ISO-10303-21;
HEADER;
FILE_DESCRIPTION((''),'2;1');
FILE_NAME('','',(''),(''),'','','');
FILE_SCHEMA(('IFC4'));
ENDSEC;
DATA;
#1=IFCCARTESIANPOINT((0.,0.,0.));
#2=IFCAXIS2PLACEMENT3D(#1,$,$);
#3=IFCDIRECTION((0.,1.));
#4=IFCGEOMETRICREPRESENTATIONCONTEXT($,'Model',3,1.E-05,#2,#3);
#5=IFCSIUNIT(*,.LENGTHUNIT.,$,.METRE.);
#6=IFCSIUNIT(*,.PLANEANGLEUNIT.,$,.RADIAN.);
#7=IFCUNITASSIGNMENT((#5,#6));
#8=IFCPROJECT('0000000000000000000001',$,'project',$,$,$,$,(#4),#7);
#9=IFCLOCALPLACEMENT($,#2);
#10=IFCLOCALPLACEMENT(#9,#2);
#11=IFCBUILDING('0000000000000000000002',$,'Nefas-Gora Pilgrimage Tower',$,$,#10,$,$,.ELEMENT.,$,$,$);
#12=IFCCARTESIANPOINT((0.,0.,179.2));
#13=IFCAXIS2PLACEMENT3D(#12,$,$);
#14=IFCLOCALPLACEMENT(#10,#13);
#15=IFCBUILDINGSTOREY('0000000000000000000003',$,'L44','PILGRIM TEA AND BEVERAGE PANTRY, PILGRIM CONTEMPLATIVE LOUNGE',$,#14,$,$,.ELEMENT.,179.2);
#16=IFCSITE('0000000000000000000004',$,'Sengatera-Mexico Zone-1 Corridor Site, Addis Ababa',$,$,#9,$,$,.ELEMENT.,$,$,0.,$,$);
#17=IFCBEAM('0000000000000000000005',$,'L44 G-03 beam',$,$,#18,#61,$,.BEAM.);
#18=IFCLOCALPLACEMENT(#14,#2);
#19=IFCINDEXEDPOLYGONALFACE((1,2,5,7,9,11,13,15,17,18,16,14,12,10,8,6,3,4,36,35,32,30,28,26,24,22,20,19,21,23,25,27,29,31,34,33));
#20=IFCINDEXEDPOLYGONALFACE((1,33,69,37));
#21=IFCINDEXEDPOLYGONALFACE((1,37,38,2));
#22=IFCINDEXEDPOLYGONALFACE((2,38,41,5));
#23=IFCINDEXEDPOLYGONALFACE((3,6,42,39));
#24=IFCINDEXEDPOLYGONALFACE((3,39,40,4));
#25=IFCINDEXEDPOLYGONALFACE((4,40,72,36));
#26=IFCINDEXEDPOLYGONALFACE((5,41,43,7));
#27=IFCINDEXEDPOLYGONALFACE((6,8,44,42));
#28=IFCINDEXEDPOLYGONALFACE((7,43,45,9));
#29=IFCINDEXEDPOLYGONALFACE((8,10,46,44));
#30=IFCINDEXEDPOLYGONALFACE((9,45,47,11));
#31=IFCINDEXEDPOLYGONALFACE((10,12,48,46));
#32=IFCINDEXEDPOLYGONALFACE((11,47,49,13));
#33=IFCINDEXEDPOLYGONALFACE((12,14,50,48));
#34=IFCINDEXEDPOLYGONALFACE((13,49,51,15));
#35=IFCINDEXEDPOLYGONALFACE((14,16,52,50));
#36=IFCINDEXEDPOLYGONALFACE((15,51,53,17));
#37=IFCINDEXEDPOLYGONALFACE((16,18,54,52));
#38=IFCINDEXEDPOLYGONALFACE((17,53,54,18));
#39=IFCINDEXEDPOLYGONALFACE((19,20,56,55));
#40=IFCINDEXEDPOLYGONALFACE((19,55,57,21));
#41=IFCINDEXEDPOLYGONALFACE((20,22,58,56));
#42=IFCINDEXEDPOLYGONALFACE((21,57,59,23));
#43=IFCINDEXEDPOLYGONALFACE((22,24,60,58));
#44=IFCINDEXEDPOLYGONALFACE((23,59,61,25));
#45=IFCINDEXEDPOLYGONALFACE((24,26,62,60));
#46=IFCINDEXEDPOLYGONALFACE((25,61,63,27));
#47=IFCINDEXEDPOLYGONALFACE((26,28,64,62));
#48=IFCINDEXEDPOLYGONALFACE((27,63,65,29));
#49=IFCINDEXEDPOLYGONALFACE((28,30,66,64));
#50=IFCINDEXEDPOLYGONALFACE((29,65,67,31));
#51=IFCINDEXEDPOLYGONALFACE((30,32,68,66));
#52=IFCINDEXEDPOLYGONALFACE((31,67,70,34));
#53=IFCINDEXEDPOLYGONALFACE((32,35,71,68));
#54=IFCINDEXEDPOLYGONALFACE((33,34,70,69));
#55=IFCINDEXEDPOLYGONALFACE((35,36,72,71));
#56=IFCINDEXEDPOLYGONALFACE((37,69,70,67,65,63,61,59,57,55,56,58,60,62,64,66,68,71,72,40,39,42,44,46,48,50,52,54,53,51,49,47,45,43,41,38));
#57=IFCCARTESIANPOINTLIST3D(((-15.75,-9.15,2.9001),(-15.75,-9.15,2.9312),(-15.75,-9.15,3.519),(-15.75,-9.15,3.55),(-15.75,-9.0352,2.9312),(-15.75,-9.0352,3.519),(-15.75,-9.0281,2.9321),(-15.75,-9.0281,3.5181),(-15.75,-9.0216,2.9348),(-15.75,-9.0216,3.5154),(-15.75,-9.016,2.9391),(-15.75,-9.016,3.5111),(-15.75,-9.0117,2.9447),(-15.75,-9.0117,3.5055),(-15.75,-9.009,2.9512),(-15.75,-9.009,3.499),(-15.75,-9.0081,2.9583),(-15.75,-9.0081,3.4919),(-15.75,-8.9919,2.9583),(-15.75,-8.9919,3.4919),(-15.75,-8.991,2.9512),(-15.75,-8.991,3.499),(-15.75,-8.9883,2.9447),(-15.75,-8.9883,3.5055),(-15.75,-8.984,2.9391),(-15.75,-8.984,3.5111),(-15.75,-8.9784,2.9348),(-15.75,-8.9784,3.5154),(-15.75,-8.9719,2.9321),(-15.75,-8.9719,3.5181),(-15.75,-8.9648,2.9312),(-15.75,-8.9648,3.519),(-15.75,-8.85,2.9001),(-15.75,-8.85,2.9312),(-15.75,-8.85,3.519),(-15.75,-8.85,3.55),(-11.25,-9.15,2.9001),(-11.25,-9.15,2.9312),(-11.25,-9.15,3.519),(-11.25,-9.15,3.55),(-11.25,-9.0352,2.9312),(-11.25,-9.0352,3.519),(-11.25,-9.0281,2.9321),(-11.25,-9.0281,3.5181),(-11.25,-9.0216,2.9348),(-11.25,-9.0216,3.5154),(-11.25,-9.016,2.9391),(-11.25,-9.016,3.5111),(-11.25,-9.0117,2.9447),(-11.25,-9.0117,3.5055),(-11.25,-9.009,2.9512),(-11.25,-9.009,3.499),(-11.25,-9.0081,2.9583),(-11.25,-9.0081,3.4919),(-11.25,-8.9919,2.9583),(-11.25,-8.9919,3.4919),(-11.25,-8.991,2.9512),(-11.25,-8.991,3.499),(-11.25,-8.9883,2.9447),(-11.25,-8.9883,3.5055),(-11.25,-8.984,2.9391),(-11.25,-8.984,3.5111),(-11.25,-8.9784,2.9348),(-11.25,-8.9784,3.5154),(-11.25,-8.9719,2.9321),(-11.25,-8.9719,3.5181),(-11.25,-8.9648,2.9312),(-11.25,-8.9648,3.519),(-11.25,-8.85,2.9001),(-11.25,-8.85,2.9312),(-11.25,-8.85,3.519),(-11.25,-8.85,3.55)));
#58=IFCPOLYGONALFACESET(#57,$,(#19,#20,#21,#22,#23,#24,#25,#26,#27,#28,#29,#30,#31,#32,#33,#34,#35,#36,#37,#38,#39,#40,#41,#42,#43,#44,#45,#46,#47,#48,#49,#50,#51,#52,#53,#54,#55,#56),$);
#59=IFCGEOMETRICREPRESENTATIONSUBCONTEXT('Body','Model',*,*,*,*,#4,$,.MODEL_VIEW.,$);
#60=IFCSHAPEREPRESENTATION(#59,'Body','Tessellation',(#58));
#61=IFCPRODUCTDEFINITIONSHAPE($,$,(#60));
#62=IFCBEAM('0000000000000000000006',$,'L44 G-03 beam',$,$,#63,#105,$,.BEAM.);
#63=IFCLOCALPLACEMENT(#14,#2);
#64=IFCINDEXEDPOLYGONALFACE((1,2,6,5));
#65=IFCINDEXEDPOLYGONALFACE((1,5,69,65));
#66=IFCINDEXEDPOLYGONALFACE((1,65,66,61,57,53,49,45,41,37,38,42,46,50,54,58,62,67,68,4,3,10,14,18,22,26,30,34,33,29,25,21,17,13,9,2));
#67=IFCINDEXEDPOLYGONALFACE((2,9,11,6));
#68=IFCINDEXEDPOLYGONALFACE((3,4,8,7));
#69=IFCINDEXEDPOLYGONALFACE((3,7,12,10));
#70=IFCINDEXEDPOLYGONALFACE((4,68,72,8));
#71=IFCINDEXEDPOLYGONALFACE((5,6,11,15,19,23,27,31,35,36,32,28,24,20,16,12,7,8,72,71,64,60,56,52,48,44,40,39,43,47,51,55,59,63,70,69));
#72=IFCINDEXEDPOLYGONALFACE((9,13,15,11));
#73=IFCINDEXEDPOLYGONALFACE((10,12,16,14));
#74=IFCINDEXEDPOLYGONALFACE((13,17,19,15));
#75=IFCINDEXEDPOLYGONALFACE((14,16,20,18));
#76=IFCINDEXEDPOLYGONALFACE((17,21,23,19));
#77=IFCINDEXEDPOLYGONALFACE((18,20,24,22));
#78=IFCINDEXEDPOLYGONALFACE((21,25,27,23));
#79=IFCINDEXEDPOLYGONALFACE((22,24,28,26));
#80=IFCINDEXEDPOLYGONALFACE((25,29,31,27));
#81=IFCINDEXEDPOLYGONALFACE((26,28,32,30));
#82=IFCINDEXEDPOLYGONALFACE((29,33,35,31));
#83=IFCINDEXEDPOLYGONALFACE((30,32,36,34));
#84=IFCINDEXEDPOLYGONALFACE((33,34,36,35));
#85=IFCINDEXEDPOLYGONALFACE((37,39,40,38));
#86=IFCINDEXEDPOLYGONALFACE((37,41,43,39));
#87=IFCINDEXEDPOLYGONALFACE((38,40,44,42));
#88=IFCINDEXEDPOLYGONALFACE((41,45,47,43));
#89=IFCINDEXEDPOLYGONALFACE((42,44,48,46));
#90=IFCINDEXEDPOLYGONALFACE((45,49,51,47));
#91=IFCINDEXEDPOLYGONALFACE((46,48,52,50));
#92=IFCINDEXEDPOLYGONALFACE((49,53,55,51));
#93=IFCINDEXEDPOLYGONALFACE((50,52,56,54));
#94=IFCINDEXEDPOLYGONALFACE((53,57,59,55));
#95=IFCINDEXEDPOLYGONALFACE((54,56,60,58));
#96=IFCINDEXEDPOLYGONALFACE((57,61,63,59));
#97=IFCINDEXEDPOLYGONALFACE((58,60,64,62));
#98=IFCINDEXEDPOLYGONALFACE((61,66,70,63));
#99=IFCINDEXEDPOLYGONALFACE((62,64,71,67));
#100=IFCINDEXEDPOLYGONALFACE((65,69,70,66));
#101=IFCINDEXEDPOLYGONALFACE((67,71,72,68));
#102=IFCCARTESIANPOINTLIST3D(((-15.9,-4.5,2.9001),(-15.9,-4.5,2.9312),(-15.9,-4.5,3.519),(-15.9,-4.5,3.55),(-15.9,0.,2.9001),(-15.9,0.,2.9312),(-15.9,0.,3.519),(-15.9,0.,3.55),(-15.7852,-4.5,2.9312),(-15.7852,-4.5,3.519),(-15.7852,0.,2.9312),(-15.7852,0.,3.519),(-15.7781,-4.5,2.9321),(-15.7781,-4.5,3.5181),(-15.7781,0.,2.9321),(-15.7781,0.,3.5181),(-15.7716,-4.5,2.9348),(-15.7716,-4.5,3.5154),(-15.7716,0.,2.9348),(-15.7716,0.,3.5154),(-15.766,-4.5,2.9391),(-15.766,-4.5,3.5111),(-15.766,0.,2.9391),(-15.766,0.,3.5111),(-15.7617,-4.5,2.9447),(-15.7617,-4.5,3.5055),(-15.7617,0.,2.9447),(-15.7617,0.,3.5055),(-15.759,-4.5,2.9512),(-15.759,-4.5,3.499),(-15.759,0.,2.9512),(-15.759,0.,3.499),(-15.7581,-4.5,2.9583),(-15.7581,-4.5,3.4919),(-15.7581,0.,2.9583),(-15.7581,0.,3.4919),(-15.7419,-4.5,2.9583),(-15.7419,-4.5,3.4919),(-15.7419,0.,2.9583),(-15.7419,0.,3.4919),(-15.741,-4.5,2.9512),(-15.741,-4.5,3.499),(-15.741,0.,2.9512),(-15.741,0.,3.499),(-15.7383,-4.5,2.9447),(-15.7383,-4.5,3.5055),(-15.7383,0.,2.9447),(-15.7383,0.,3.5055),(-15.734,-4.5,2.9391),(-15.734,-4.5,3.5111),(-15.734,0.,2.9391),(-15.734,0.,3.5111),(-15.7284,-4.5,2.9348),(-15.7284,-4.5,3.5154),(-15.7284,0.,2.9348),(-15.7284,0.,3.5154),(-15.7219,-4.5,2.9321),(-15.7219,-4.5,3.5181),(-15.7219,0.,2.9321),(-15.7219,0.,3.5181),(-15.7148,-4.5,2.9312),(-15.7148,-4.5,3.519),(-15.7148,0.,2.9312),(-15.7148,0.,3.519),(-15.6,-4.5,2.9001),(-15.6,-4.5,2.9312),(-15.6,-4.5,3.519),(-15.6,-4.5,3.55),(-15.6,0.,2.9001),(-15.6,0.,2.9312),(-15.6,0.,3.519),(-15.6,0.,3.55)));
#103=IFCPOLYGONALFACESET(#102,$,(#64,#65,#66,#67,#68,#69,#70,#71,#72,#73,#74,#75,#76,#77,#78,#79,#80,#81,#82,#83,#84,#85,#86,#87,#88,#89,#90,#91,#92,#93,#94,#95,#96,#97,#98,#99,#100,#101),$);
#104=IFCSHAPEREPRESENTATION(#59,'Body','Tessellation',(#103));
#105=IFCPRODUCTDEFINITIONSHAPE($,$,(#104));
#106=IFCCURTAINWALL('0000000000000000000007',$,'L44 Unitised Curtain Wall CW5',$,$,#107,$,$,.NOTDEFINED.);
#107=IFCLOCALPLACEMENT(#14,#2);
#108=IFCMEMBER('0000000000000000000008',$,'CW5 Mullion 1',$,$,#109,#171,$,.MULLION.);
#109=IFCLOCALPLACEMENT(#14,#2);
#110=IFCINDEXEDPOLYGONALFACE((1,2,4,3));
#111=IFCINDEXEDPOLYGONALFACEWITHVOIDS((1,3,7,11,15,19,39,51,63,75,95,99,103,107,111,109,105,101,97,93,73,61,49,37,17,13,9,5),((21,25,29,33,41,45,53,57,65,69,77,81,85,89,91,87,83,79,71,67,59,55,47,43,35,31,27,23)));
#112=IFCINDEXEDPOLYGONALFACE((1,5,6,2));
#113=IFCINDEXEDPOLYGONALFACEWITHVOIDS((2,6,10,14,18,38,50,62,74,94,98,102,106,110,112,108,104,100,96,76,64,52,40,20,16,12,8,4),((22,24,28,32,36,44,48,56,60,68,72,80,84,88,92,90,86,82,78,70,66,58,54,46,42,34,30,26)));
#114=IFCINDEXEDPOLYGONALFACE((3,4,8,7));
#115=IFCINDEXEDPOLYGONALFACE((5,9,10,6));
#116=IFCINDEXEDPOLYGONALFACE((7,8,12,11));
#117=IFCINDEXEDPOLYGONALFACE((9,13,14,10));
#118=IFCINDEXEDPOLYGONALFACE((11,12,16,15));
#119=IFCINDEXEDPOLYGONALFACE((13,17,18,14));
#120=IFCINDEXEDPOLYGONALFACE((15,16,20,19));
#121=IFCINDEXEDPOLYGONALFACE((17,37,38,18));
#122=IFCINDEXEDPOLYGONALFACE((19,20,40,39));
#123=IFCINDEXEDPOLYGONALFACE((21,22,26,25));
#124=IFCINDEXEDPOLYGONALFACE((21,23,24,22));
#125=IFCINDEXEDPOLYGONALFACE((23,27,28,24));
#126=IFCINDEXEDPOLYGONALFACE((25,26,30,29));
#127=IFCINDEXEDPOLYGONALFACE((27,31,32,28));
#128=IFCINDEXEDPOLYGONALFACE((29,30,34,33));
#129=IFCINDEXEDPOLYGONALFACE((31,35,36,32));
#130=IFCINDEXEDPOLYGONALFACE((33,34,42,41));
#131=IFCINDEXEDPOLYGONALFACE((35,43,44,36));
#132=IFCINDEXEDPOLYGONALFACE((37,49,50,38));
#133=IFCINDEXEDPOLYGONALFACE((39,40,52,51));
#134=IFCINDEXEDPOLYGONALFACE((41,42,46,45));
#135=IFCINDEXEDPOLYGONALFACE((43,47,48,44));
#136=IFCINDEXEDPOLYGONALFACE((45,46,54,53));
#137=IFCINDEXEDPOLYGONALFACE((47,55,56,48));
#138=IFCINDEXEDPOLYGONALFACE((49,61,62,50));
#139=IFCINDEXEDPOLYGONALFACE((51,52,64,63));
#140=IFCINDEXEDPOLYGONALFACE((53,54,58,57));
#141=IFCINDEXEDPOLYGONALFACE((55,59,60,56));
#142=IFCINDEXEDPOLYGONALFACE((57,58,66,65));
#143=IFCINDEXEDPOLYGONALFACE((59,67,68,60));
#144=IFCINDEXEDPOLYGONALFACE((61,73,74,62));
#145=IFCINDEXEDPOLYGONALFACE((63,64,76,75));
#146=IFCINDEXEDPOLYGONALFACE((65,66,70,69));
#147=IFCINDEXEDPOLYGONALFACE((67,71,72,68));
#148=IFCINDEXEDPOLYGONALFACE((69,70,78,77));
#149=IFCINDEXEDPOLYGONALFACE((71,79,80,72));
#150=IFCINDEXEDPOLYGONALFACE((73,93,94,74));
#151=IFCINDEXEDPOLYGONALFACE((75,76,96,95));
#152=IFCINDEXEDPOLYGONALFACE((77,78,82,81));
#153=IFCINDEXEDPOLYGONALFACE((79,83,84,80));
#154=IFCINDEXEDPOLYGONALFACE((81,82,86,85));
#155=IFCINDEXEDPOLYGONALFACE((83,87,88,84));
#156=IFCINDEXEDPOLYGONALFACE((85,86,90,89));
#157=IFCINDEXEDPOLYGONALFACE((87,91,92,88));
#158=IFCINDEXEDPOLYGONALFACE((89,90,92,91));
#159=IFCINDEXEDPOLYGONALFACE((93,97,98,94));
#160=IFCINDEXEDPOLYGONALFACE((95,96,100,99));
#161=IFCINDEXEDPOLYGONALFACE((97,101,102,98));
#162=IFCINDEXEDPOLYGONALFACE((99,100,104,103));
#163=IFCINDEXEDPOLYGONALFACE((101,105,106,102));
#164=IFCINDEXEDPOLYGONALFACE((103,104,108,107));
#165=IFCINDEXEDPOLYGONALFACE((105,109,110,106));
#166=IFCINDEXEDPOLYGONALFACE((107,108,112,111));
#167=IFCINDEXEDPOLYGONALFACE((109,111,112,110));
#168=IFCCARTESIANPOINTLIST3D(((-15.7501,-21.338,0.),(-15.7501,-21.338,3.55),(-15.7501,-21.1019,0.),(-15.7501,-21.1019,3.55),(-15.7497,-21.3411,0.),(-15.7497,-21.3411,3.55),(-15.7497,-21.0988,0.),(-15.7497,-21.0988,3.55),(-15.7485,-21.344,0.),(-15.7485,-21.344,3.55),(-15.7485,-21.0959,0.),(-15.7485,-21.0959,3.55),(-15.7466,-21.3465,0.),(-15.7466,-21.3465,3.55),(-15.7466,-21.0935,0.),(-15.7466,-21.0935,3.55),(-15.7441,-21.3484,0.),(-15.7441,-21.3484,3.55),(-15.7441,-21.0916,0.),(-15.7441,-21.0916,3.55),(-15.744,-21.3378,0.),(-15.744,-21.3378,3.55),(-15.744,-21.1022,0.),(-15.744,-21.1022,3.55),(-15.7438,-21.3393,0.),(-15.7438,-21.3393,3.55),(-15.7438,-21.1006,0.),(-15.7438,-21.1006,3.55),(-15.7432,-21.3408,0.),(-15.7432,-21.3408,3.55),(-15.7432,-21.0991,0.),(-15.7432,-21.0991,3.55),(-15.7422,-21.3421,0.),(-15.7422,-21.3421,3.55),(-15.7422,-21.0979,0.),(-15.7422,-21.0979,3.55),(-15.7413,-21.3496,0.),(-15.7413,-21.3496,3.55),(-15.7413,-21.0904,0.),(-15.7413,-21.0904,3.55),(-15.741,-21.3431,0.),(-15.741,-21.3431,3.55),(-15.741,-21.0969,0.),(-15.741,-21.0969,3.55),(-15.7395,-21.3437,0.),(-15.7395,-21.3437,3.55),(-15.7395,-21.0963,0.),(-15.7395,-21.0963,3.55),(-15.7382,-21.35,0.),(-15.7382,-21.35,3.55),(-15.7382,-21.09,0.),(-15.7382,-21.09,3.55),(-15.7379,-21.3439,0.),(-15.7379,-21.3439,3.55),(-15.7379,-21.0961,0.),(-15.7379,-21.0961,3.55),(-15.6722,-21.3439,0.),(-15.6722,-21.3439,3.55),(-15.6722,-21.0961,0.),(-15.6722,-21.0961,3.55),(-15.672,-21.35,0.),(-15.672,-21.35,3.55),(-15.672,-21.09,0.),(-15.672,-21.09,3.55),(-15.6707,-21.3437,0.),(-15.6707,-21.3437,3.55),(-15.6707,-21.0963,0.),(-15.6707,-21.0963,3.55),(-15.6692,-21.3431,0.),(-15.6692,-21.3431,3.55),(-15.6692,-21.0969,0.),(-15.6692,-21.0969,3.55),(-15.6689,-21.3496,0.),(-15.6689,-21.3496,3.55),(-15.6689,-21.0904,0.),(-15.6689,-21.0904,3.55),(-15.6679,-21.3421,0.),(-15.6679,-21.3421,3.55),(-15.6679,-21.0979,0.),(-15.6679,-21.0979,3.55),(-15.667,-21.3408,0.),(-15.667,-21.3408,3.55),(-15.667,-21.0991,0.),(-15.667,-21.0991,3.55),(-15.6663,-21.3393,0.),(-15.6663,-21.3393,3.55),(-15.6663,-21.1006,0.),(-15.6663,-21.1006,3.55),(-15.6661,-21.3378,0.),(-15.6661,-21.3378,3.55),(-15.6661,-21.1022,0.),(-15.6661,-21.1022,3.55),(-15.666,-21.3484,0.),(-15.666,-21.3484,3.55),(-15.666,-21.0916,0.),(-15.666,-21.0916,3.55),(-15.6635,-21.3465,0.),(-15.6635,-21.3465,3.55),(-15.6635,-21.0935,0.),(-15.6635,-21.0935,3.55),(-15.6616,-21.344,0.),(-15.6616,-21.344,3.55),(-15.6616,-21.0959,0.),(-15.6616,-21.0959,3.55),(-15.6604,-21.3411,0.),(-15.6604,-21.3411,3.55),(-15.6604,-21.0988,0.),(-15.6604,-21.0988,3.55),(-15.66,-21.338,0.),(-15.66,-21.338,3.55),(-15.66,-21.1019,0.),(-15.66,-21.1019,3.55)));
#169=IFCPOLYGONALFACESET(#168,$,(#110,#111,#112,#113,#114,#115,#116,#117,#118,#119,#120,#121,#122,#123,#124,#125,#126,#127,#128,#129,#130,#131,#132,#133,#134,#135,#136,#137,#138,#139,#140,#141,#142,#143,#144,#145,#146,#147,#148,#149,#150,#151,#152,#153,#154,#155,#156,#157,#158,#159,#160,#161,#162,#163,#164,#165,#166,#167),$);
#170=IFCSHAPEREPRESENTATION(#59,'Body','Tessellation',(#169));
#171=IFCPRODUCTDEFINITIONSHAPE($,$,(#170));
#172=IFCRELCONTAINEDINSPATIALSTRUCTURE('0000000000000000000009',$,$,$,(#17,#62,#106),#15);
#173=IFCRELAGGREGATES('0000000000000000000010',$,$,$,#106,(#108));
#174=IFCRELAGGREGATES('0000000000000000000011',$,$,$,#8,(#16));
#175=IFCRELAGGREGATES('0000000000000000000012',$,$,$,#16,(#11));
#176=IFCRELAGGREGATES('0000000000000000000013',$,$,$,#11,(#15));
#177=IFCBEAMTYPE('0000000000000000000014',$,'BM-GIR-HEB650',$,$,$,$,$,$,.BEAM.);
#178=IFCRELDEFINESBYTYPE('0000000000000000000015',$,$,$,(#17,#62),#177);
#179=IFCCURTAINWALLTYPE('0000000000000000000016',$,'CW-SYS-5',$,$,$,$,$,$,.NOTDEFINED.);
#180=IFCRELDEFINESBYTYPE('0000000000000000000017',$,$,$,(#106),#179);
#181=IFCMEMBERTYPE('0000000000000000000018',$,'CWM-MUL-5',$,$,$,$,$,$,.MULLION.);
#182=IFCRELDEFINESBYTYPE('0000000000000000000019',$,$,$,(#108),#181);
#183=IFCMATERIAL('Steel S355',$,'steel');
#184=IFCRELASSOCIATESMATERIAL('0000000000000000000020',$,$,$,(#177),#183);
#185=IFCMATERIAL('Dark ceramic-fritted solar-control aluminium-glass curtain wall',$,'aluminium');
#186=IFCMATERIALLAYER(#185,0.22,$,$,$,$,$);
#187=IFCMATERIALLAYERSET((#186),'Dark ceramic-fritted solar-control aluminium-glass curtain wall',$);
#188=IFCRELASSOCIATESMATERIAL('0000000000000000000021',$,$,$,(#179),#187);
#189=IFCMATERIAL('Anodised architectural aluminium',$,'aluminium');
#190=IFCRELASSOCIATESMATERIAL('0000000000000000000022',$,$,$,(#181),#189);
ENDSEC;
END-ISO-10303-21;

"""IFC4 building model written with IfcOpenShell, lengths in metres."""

from ifc_helpers import new_model, si_unit, direction, frame, origin, origin_2d, place, context, subcontext, project, spatial, hollow_rectangle, i_section, extrude, source, transform, mapped, material, layer, layer_set, material_profile, profile_set, type_object, element, aggregate, save


model = new_model("IFC4")

# Units and contexts
model_context = context("Model", 3, precision=1e-05, world=origin(), true_north=direction((0.0, 1.0)))
body_context = subcontext(model_context, "Body", "Model", "MODEL_VIEW")
ifc_project = project(units=[si_unit("LENGTHUNIT", "METRE"), si_unit("PLANEANGLEUNIT", "RADIAN")], contexts=[model_context])

# Site, building, storey
site_placement = place(None, origin())
site = spatial("IfcSite", under=ifc_project, at=site_placement, Name="Sengatera-Mexico Zone-1 Corridor Site, Addis Ababa", CompositionType="ELEMENT", RefElevation=0.0)
building_placement = place(site_placement, origin())
building = spatial("IfcBuilding", under=site, at=building_placement, Name="Nefas-Gora Pilgrimage Tower", CompositionType="ELEMENT")
storey_placement = place(building_placement, frame((0.0, 0.0, 179.2)))
storey = spatial("IfcBuildingStorey", under=building, at=storey_placement, Name="L44", Description="PILGRIM TEA AND BEVERAGE PANTRY, PILGRIM CONTEMPLATIVE LOUNGE", CompositionType="ELEMENT", Elevation=179.2)

# Beams
ifc_material_1 = material(Name="Steel S355", Category="steel")
ifc_material_profile_1 = material_profile(ifc_material_1, i_section(OverallWidth=0.3, OverallDepth=0.6499, WebThickness=0.0161, FlangeThickness=0.031, FilletRadius=0.0271, at=origin_2d()), Name="HEB 650")
ifc_profile_set_1 = profile_set([ifc_material_profile_1], Name="Steel S355")
beam_type = type_object("IfcBeamType", Name="BM-GIR-HEB650", PredefinedType="BEAM", material=ifc_profile_set_1)
shared_shape_1 = source(origin(), body_context, "Body", "SweptSolid", [
    extrude(i_section(OverallWidth=0.3, OverallDepth=0.6499, WebThickness=0.0161, FlangeThickness=0.031, FilletRadius=0.0271, at=origin_2d()), origin(), (0.0, 0.0, 1.0), 4.5),
])
for number, where, z_axis, x_axis, name in (
    (1, (-15.75, -9.0, 3.2251), (1.0, 0.0, 0.0), (0.0, 1.0, 0.0), "L44 G-03 beam"),
    (2, (-15.75, -4.5, 3.2251), (0.0, 1.0, 0.0), (-1.0, 0.0, 0.0), "L44 G-03 beam"),
):
    element("IfcBeam", number, at=place(storey_placement, frame(where, z_axis=z_axis, x_axis=x_axis)), inside=storey, type_object=beam_type, Name=name, PredefinedType="BEAM", context=body_context, shape_type="MappedRepresentation", body=[
        mapped(shared_shape_1, transform((0.0, 0.0, 0.0), x_axis=(1.0, 0.0, 0.0), y_axis=(0.0, 1.0, 0.0), z_axis=(0.0, 0.0, 1.0), scale=1.0)),
    ])

# Curtain wall, member
ifc_material_2 = material(Name="Dark ceramic-fritted solar-control aluminium-glass curtain wall", Category="aluminium")
ifc_layer_1 = layer(ifc_material_2, 0.22)
ifc_layer_set_1 = layer_set([ifc_layer_1], Name="Dark ceramic-fritted solar-control aluminium-glass curtain wall")
curtain_wall_type_1 = type_object("IfcCurtainWallType", Name="CW-SYS-5", PredefinedType="NOTDEFINED", material=ifc_layer_set_1)
curtain_wall_1_placement = place(storey_placement, origin())
curtain_wall_1 = element("IfcCurtainWall", 3, at=curtain_wall_1_placement, inside=storey, type_object=curtain_wall_type_1, Name="L44 Unitised Curtain Wall CW5", PredefinedType="NOTDEFINED")
ifc_material_3 = material(Name="Anodised architectural aluminium", Category="aluminium")
ifc_material_profile_2 = material_profile(ifc_material_3, hollow_rectangle(XDim=0.0901, YDim=0.26, WallThickness=0.0061, InnerFilletRadius=0.0061, OuterFilletRadius=0.012, at=origin_2d()), Name="ALU MULLION 90x260")
ifc_profile_set_2 = profile_set([ifc_material_profile_2], Name="Anodised architectural aluminium")
member_type_1 = type_object("IfcMemberType", Name="CWM-MUL-5", PredefinedType="MULLION", material=ifc_profile_set_2)
shared_shape_2 = source(origin(), body_context, "Body", "SweptSolid", [
    extrude(hollow_rectangle(XDim=0.0901, YDim=0.26, WallThickness=0.0061, InnerFilletRadius=0.0061, OuterFilletRadius=0.012, at=origin_2d()), origin(), (0.0, 0.0, 1.0), 3.55),
])
member_1_placement = place(storey_placement, frame((-15.7051, -21.22, 0.0), z_axis=(0.0, 0.0, 1.0), x_axis=(1.0, 0.0, 0.0)))
member_1 = element("IfcMember", 4, at=member_1_placement, type_object=member_type_1, Name="CW5 Mullion 1", PredefinedType="MULLION", context=body_context, shape_type="MappedRepresentation", body=[
    mapped(shared_shape_2, transform((0.0, 0.0, 0.0), x_axis=(1.0, 0.0, 0.0), y_axis=(0.0, 1.0, 0.0), z_axis=(0.0, 0.0, 1.0), scale=1.0)),
])

aggregate(curtain_wall_1, [member_1])

save(model, "model.ifc")
